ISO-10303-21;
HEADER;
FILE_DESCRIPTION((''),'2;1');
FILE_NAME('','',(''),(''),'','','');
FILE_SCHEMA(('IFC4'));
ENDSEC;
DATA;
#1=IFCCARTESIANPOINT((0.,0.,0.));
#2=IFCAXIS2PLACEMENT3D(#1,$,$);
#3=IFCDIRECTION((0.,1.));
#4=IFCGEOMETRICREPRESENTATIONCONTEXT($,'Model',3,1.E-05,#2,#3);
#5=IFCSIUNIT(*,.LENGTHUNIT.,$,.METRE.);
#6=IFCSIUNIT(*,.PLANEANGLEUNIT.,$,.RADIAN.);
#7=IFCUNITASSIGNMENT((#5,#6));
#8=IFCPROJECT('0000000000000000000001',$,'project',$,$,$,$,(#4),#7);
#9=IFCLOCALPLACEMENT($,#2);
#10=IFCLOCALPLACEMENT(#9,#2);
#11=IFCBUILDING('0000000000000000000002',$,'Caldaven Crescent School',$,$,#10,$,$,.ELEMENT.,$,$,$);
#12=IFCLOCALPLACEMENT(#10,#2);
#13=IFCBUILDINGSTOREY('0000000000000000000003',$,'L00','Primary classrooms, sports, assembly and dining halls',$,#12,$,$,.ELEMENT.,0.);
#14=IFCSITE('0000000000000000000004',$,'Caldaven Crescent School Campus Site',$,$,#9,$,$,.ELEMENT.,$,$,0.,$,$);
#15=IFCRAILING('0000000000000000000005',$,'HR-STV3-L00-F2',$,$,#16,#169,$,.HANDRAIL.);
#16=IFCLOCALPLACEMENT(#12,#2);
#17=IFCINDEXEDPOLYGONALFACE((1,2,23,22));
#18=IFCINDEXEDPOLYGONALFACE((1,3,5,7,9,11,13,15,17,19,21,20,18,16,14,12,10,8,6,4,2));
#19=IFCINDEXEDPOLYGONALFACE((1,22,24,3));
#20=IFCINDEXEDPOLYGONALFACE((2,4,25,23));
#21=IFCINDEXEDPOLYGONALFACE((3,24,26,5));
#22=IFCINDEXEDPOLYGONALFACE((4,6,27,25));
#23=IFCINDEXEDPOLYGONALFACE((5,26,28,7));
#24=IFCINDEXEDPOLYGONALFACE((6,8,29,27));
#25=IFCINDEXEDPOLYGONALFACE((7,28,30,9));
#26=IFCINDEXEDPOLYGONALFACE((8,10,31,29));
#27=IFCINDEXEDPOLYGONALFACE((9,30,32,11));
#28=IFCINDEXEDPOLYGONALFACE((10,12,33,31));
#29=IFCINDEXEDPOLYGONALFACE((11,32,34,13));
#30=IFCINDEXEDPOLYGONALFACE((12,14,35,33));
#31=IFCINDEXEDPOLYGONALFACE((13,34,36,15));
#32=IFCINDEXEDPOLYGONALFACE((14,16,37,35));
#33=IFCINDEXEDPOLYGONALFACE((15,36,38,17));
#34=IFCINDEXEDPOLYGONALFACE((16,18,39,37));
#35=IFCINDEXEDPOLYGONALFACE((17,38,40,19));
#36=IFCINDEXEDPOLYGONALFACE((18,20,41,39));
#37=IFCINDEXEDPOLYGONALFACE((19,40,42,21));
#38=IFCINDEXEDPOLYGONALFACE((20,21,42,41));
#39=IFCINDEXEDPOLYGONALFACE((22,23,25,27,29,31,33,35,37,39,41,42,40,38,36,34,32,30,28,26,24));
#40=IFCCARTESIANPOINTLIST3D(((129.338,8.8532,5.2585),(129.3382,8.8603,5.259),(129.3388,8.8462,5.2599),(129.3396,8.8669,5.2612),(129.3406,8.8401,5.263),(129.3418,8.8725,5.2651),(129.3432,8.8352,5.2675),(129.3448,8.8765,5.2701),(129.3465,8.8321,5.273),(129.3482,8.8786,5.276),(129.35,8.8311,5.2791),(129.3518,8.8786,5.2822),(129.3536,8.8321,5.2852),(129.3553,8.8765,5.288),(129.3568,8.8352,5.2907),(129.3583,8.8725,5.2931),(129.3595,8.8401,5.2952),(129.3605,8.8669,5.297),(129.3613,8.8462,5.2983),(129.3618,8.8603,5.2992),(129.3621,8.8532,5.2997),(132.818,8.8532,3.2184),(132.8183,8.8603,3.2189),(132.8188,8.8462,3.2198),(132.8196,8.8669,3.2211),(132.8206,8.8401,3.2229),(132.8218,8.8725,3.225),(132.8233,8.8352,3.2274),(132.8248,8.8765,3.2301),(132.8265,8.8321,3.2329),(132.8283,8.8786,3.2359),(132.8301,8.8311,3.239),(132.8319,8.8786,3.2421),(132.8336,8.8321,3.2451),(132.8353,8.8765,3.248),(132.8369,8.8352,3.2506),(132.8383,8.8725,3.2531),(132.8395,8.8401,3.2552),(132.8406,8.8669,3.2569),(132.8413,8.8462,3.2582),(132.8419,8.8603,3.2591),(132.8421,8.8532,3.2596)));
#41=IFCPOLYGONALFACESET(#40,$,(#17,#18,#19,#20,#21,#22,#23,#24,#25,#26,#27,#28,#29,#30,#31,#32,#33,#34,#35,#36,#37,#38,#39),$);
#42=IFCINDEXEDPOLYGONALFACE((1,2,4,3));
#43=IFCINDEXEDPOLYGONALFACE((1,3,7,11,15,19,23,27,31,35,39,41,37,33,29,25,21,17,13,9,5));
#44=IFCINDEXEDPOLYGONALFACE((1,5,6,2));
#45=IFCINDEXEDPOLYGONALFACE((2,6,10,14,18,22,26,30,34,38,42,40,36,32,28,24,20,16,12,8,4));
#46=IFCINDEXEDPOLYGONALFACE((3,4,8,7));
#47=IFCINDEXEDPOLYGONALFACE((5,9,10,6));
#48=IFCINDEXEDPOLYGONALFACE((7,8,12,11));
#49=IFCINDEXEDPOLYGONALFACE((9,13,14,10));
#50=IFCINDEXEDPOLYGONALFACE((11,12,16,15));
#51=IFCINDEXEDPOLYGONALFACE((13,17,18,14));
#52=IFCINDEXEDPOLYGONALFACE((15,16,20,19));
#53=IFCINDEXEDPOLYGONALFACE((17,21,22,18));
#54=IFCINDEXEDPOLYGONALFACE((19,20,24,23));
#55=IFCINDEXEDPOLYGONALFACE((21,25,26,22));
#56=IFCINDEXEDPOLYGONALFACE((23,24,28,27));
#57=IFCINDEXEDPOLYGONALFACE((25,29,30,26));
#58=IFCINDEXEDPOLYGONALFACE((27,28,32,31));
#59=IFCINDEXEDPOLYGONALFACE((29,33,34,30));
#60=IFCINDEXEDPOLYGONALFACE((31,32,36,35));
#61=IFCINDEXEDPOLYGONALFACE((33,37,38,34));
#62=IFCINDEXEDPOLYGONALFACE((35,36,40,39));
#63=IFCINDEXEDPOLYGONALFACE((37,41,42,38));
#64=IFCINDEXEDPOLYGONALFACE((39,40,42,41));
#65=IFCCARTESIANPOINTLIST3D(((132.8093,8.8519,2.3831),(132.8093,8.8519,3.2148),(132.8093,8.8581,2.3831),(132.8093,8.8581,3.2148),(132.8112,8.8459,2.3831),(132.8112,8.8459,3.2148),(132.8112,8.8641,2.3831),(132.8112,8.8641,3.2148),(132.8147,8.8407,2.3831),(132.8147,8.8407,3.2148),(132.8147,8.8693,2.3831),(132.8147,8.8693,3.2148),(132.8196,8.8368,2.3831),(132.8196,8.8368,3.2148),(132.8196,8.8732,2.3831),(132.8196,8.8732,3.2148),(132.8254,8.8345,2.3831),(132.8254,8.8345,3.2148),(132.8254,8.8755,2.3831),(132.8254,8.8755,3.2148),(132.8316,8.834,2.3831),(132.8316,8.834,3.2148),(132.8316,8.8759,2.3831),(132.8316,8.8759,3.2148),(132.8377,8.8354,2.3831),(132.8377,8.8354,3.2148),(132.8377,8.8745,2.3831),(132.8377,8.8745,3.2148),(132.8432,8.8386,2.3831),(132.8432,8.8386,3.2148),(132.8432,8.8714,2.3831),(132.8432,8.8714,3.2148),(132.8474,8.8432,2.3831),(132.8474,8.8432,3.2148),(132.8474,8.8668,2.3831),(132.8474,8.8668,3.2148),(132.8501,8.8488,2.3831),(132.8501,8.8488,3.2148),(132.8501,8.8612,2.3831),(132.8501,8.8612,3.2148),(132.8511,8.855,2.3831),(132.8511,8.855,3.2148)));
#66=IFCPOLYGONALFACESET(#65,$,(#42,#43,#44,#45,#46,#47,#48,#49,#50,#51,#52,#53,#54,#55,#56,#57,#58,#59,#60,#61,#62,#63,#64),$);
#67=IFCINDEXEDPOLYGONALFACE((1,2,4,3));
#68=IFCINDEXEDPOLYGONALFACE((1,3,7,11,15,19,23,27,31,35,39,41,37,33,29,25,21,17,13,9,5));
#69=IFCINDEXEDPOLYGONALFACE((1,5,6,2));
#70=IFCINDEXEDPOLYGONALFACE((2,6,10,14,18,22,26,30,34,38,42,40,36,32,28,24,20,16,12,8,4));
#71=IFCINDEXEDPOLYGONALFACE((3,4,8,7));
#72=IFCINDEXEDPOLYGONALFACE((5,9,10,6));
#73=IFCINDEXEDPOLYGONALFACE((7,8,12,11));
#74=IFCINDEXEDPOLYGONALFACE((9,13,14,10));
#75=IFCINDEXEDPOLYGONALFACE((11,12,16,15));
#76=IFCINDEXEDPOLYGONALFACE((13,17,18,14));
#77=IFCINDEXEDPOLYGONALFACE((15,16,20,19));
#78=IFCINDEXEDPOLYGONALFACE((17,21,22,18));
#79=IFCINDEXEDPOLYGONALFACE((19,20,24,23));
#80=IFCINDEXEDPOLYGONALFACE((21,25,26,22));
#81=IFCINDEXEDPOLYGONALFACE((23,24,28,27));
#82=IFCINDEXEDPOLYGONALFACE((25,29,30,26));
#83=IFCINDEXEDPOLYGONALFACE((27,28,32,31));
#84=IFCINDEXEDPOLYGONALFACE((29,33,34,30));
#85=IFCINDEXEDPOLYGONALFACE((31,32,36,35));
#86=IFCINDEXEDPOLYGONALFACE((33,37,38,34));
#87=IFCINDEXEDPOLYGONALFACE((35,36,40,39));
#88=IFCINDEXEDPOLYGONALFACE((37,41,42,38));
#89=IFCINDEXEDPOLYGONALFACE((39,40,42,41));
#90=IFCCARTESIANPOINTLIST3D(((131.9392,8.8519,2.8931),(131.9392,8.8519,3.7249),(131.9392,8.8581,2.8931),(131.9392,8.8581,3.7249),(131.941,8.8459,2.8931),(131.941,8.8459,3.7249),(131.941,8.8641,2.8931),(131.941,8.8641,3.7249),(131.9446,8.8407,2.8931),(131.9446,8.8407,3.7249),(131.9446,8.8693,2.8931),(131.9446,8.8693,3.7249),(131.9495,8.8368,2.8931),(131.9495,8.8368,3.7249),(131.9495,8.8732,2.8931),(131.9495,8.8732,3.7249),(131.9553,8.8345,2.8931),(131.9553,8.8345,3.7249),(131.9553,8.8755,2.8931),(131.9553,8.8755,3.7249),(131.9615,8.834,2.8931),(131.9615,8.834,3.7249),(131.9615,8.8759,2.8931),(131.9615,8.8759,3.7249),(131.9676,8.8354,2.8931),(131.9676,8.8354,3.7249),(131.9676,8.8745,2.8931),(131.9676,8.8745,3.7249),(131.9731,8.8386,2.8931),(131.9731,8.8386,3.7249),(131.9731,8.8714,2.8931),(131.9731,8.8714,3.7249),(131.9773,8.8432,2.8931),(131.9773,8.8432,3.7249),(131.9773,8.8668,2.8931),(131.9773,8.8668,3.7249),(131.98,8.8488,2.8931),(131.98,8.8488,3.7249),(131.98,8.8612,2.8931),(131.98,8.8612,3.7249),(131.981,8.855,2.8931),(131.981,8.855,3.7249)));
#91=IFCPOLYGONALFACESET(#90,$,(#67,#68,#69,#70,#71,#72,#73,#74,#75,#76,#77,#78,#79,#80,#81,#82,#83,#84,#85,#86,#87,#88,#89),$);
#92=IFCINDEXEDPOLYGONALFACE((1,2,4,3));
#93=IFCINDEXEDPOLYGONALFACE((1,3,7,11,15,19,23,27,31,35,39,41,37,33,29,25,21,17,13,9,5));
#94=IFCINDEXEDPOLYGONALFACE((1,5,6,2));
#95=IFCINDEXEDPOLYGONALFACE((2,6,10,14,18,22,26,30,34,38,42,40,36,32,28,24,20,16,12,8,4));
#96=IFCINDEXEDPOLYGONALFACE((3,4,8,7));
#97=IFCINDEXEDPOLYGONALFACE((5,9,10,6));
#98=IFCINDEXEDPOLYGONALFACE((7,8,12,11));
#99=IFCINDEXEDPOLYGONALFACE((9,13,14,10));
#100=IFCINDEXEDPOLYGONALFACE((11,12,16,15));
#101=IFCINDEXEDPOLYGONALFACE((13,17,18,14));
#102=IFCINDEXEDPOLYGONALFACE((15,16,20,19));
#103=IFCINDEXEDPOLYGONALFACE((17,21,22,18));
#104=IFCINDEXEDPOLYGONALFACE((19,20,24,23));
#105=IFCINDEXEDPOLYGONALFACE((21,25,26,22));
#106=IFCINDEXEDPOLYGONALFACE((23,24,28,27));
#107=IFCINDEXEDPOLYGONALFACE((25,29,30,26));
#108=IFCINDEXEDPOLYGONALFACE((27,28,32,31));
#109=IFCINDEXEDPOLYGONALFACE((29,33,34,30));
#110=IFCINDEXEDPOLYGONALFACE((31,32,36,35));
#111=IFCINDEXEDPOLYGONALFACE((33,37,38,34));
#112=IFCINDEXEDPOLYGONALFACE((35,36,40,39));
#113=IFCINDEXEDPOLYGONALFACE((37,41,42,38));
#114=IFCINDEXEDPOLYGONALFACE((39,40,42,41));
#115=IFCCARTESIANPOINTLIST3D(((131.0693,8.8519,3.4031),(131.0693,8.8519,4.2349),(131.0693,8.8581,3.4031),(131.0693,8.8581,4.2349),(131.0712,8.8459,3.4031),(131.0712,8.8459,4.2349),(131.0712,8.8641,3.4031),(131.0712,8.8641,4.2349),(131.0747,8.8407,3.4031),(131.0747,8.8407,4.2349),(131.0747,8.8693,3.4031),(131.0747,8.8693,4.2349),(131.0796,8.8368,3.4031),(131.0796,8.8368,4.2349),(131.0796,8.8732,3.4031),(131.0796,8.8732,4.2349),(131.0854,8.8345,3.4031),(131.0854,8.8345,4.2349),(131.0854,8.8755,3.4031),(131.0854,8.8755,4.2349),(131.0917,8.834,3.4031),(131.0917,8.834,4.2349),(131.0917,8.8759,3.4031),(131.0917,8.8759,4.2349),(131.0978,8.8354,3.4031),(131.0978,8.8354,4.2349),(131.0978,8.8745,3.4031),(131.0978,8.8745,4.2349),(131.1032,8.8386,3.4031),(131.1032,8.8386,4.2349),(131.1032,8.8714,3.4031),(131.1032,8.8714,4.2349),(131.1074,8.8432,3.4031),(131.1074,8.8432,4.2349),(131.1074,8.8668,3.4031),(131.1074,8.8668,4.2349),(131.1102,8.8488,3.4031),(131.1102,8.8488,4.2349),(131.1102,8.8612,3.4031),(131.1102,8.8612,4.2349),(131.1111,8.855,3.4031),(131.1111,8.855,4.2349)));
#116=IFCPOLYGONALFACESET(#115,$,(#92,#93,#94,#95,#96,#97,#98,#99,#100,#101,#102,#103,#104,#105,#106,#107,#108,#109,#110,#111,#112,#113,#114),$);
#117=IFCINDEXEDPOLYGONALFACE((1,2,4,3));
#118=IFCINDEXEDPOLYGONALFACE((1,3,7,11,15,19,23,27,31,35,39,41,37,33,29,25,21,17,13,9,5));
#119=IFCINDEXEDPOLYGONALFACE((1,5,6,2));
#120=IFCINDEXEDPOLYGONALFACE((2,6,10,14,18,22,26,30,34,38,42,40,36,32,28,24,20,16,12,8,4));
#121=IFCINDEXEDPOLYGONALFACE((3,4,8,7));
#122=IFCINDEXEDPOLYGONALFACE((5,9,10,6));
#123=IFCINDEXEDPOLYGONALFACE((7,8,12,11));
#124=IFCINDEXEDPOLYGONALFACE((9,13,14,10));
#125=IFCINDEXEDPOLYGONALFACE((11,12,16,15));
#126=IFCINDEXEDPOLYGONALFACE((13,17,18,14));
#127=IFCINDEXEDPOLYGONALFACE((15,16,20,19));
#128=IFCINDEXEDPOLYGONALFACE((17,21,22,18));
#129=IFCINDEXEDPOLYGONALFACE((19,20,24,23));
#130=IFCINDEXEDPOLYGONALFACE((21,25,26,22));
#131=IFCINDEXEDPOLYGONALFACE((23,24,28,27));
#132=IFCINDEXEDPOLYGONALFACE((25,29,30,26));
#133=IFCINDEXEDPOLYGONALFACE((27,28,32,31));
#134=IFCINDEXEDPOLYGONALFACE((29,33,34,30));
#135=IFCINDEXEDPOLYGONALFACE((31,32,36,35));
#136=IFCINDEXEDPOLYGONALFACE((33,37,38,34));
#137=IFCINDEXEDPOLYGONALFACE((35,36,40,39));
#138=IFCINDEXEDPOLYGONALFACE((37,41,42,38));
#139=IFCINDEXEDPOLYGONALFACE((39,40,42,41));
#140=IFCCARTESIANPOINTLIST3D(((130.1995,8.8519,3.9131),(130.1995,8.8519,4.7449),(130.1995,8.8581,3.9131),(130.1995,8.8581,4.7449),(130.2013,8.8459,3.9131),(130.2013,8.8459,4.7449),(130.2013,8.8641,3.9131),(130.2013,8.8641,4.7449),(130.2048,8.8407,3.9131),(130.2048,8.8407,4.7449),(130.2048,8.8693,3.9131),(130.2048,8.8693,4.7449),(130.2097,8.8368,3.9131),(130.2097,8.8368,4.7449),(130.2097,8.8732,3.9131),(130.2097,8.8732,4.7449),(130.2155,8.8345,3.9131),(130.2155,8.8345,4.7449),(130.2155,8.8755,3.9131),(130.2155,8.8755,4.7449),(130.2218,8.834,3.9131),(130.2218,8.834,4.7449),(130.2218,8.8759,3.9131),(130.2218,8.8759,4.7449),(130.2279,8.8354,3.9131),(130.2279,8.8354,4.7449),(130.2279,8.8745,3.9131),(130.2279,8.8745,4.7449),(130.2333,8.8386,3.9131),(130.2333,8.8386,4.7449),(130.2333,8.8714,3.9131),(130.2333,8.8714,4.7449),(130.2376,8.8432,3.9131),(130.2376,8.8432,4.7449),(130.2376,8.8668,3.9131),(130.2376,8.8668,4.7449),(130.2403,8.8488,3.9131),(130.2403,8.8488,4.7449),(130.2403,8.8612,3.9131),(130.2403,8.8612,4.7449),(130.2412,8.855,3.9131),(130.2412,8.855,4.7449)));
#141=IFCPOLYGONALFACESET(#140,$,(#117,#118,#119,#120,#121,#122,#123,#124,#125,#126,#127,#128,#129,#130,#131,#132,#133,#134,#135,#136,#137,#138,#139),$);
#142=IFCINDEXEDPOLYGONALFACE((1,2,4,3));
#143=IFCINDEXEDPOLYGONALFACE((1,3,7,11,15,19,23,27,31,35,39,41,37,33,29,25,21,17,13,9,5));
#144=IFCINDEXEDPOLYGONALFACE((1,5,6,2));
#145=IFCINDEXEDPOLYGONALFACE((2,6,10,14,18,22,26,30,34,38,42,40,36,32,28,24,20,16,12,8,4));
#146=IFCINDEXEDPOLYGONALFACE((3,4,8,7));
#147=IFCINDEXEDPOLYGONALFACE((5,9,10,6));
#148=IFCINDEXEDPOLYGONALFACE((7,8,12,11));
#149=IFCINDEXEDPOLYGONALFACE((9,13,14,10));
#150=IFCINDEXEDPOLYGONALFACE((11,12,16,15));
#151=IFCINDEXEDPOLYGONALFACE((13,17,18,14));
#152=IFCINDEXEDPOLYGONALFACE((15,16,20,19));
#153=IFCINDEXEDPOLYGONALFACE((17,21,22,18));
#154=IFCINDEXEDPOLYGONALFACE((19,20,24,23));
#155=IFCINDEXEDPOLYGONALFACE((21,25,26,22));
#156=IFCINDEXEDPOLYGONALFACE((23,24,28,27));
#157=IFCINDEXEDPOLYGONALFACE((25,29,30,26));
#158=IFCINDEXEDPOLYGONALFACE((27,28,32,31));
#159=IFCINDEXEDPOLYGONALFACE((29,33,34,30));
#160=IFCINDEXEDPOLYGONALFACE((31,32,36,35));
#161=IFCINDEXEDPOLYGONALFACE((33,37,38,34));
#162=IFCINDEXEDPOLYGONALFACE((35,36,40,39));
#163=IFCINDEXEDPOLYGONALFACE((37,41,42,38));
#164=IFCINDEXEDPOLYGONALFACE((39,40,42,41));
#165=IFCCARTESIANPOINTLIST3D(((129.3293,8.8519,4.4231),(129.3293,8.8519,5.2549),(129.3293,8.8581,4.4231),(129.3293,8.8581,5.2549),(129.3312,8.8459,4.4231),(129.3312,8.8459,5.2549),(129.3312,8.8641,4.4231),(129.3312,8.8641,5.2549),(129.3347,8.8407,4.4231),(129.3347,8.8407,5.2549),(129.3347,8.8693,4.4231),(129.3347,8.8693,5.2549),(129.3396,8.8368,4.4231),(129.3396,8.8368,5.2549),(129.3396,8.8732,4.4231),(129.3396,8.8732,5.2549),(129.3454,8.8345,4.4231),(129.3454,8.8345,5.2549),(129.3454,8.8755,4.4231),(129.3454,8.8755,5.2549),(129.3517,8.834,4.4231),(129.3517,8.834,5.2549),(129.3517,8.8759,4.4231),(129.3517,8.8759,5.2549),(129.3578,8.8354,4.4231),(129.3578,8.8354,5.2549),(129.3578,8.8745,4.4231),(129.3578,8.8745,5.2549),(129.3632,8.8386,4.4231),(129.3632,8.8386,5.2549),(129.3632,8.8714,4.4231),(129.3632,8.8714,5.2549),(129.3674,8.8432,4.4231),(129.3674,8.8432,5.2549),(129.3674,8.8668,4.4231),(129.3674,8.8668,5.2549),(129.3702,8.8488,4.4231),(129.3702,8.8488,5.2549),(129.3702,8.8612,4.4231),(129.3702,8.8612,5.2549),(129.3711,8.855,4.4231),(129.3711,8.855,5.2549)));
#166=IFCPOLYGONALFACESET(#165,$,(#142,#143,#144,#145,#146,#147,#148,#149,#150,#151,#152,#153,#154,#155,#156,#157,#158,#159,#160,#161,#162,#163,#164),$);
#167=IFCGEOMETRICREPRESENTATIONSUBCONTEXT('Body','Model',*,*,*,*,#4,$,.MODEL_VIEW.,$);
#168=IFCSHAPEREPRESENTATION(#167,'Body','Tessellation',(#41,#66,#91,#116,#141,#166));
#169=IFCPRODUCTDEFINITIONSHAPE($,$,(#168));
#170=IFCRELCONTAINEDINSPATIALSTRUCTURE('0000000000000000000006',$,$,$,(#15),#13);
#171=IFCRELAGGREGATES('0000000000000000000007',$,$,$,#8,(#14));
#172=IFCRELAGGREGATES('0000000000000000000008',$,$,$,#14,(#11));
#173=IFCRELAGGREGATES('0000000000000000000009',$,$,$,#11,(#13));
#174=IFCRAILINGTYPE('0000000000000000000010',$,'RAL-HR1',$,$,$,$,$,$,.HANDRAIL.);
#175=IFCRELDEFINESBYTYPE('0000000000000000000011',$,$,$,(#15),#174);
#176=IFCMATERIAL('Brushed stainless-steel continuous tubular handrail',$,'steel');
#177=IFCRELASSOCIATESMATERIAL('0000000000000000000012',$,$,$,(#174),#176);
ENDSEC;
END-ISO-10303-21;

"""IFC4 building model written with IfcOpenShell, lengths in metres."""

from ifc_helpers import new_model, si_unit, direction, frame, origin, origin_2d, place, context, subcontext, project, spatial, circle, extrude, material, type_object, element, save


model = new_model("IFC4")

# Units and contexts
model_context = context("Model", 3, precision=1e-05, world=origin(), true_north=direction((0.0, 1.0)))
body_context = subcontext(model_context, "Body", "Model", "MODEL_VIEW")
ifc_project = project(units=[si_unit("LENGTHUNIT", "METRE"), si_unit("PLANEANGLEUNIT", "RADIAN")], contexts=[model_context])

# Site, building, storey
site_placement = place(None, origin())
site = spatial("IfcSite", under=ifc_project, at=site_placement, Name="Caldaven Crescent School Campus Site", CompositionType="ELEMENT", RefElevation=0.0)
building_placement = place(site_placement, origin())
building = spatial("IfcBuilding", under=site, at=building_placement, Name="Caldaven Crescent School", CompositionType="ELEMENT")
storey_placement = place(building_placement, origin())
storey = spatial("IfcBuildingStorey", under=building, at=storey_placement, Name="L00", Description="Primary classrooms, sports, assembly and dining halls", CompositionType="ELEMENT", Elevation=0.0)

# Railing
ifc_material_1 = material(Name="Brushed stainless-steel continuous tubular handrail", Category="steel")
railing_type_1 = type_object("IfcRailingType", Name="RAL-HR1", PredefinedType="HANDRAIL", material=ifc_material_1)
railing_1_placement = place(storey_placement, frame((132.8301, 8.855, 2.3831)))
element("IfcRailing", 1, at=railing_1_placement, inside=storey, type_object=railing_type_1, Name="HR-STV3-L00-F2", PredefinedType="HANDRAIL", context=body_context, shape_type="SweptSolid", body=[
    extrude(circle(Radius=0.0239, at=origin_2d()), frame((0.0, 0.0, 0.856), z_axis=(-0.862693, 0.0, 0.505729), x_axis=(0.0, -1.0, 0.0)), (0.0, 0.0, 1.0), 4.0339),
    extrude(circle(Radius=0.021, at=origin_2d()), origin(), (0.0, 0.0, 1.0), 0.8318),
    extrude(circle(Radius=0.021, at=origin_2d()), frame((-0.8701, 0.0, 0.51)), (0.0, 0.0, 1.0), 0.8318),
    extrude(circle(Radius=0.021, at=origin_2d()), frame((-1.74, 0.0, 1.02)), (0.0, 0.0, 1.0), 0.8318),
    extrude(circle(Radius=0.021, at=origin_2d()), frame((-2.6099, 0.0, 1.53)), (0.0, 0.0, 1.0), 0.8318),
    extrude(circle(Radius=0.021, at=origin_2d()), frame((-3.48, 0.0, 2.04)), (0.0, 0.0, 1.0), 0.8318),
])

save(model, "model.ifc")
